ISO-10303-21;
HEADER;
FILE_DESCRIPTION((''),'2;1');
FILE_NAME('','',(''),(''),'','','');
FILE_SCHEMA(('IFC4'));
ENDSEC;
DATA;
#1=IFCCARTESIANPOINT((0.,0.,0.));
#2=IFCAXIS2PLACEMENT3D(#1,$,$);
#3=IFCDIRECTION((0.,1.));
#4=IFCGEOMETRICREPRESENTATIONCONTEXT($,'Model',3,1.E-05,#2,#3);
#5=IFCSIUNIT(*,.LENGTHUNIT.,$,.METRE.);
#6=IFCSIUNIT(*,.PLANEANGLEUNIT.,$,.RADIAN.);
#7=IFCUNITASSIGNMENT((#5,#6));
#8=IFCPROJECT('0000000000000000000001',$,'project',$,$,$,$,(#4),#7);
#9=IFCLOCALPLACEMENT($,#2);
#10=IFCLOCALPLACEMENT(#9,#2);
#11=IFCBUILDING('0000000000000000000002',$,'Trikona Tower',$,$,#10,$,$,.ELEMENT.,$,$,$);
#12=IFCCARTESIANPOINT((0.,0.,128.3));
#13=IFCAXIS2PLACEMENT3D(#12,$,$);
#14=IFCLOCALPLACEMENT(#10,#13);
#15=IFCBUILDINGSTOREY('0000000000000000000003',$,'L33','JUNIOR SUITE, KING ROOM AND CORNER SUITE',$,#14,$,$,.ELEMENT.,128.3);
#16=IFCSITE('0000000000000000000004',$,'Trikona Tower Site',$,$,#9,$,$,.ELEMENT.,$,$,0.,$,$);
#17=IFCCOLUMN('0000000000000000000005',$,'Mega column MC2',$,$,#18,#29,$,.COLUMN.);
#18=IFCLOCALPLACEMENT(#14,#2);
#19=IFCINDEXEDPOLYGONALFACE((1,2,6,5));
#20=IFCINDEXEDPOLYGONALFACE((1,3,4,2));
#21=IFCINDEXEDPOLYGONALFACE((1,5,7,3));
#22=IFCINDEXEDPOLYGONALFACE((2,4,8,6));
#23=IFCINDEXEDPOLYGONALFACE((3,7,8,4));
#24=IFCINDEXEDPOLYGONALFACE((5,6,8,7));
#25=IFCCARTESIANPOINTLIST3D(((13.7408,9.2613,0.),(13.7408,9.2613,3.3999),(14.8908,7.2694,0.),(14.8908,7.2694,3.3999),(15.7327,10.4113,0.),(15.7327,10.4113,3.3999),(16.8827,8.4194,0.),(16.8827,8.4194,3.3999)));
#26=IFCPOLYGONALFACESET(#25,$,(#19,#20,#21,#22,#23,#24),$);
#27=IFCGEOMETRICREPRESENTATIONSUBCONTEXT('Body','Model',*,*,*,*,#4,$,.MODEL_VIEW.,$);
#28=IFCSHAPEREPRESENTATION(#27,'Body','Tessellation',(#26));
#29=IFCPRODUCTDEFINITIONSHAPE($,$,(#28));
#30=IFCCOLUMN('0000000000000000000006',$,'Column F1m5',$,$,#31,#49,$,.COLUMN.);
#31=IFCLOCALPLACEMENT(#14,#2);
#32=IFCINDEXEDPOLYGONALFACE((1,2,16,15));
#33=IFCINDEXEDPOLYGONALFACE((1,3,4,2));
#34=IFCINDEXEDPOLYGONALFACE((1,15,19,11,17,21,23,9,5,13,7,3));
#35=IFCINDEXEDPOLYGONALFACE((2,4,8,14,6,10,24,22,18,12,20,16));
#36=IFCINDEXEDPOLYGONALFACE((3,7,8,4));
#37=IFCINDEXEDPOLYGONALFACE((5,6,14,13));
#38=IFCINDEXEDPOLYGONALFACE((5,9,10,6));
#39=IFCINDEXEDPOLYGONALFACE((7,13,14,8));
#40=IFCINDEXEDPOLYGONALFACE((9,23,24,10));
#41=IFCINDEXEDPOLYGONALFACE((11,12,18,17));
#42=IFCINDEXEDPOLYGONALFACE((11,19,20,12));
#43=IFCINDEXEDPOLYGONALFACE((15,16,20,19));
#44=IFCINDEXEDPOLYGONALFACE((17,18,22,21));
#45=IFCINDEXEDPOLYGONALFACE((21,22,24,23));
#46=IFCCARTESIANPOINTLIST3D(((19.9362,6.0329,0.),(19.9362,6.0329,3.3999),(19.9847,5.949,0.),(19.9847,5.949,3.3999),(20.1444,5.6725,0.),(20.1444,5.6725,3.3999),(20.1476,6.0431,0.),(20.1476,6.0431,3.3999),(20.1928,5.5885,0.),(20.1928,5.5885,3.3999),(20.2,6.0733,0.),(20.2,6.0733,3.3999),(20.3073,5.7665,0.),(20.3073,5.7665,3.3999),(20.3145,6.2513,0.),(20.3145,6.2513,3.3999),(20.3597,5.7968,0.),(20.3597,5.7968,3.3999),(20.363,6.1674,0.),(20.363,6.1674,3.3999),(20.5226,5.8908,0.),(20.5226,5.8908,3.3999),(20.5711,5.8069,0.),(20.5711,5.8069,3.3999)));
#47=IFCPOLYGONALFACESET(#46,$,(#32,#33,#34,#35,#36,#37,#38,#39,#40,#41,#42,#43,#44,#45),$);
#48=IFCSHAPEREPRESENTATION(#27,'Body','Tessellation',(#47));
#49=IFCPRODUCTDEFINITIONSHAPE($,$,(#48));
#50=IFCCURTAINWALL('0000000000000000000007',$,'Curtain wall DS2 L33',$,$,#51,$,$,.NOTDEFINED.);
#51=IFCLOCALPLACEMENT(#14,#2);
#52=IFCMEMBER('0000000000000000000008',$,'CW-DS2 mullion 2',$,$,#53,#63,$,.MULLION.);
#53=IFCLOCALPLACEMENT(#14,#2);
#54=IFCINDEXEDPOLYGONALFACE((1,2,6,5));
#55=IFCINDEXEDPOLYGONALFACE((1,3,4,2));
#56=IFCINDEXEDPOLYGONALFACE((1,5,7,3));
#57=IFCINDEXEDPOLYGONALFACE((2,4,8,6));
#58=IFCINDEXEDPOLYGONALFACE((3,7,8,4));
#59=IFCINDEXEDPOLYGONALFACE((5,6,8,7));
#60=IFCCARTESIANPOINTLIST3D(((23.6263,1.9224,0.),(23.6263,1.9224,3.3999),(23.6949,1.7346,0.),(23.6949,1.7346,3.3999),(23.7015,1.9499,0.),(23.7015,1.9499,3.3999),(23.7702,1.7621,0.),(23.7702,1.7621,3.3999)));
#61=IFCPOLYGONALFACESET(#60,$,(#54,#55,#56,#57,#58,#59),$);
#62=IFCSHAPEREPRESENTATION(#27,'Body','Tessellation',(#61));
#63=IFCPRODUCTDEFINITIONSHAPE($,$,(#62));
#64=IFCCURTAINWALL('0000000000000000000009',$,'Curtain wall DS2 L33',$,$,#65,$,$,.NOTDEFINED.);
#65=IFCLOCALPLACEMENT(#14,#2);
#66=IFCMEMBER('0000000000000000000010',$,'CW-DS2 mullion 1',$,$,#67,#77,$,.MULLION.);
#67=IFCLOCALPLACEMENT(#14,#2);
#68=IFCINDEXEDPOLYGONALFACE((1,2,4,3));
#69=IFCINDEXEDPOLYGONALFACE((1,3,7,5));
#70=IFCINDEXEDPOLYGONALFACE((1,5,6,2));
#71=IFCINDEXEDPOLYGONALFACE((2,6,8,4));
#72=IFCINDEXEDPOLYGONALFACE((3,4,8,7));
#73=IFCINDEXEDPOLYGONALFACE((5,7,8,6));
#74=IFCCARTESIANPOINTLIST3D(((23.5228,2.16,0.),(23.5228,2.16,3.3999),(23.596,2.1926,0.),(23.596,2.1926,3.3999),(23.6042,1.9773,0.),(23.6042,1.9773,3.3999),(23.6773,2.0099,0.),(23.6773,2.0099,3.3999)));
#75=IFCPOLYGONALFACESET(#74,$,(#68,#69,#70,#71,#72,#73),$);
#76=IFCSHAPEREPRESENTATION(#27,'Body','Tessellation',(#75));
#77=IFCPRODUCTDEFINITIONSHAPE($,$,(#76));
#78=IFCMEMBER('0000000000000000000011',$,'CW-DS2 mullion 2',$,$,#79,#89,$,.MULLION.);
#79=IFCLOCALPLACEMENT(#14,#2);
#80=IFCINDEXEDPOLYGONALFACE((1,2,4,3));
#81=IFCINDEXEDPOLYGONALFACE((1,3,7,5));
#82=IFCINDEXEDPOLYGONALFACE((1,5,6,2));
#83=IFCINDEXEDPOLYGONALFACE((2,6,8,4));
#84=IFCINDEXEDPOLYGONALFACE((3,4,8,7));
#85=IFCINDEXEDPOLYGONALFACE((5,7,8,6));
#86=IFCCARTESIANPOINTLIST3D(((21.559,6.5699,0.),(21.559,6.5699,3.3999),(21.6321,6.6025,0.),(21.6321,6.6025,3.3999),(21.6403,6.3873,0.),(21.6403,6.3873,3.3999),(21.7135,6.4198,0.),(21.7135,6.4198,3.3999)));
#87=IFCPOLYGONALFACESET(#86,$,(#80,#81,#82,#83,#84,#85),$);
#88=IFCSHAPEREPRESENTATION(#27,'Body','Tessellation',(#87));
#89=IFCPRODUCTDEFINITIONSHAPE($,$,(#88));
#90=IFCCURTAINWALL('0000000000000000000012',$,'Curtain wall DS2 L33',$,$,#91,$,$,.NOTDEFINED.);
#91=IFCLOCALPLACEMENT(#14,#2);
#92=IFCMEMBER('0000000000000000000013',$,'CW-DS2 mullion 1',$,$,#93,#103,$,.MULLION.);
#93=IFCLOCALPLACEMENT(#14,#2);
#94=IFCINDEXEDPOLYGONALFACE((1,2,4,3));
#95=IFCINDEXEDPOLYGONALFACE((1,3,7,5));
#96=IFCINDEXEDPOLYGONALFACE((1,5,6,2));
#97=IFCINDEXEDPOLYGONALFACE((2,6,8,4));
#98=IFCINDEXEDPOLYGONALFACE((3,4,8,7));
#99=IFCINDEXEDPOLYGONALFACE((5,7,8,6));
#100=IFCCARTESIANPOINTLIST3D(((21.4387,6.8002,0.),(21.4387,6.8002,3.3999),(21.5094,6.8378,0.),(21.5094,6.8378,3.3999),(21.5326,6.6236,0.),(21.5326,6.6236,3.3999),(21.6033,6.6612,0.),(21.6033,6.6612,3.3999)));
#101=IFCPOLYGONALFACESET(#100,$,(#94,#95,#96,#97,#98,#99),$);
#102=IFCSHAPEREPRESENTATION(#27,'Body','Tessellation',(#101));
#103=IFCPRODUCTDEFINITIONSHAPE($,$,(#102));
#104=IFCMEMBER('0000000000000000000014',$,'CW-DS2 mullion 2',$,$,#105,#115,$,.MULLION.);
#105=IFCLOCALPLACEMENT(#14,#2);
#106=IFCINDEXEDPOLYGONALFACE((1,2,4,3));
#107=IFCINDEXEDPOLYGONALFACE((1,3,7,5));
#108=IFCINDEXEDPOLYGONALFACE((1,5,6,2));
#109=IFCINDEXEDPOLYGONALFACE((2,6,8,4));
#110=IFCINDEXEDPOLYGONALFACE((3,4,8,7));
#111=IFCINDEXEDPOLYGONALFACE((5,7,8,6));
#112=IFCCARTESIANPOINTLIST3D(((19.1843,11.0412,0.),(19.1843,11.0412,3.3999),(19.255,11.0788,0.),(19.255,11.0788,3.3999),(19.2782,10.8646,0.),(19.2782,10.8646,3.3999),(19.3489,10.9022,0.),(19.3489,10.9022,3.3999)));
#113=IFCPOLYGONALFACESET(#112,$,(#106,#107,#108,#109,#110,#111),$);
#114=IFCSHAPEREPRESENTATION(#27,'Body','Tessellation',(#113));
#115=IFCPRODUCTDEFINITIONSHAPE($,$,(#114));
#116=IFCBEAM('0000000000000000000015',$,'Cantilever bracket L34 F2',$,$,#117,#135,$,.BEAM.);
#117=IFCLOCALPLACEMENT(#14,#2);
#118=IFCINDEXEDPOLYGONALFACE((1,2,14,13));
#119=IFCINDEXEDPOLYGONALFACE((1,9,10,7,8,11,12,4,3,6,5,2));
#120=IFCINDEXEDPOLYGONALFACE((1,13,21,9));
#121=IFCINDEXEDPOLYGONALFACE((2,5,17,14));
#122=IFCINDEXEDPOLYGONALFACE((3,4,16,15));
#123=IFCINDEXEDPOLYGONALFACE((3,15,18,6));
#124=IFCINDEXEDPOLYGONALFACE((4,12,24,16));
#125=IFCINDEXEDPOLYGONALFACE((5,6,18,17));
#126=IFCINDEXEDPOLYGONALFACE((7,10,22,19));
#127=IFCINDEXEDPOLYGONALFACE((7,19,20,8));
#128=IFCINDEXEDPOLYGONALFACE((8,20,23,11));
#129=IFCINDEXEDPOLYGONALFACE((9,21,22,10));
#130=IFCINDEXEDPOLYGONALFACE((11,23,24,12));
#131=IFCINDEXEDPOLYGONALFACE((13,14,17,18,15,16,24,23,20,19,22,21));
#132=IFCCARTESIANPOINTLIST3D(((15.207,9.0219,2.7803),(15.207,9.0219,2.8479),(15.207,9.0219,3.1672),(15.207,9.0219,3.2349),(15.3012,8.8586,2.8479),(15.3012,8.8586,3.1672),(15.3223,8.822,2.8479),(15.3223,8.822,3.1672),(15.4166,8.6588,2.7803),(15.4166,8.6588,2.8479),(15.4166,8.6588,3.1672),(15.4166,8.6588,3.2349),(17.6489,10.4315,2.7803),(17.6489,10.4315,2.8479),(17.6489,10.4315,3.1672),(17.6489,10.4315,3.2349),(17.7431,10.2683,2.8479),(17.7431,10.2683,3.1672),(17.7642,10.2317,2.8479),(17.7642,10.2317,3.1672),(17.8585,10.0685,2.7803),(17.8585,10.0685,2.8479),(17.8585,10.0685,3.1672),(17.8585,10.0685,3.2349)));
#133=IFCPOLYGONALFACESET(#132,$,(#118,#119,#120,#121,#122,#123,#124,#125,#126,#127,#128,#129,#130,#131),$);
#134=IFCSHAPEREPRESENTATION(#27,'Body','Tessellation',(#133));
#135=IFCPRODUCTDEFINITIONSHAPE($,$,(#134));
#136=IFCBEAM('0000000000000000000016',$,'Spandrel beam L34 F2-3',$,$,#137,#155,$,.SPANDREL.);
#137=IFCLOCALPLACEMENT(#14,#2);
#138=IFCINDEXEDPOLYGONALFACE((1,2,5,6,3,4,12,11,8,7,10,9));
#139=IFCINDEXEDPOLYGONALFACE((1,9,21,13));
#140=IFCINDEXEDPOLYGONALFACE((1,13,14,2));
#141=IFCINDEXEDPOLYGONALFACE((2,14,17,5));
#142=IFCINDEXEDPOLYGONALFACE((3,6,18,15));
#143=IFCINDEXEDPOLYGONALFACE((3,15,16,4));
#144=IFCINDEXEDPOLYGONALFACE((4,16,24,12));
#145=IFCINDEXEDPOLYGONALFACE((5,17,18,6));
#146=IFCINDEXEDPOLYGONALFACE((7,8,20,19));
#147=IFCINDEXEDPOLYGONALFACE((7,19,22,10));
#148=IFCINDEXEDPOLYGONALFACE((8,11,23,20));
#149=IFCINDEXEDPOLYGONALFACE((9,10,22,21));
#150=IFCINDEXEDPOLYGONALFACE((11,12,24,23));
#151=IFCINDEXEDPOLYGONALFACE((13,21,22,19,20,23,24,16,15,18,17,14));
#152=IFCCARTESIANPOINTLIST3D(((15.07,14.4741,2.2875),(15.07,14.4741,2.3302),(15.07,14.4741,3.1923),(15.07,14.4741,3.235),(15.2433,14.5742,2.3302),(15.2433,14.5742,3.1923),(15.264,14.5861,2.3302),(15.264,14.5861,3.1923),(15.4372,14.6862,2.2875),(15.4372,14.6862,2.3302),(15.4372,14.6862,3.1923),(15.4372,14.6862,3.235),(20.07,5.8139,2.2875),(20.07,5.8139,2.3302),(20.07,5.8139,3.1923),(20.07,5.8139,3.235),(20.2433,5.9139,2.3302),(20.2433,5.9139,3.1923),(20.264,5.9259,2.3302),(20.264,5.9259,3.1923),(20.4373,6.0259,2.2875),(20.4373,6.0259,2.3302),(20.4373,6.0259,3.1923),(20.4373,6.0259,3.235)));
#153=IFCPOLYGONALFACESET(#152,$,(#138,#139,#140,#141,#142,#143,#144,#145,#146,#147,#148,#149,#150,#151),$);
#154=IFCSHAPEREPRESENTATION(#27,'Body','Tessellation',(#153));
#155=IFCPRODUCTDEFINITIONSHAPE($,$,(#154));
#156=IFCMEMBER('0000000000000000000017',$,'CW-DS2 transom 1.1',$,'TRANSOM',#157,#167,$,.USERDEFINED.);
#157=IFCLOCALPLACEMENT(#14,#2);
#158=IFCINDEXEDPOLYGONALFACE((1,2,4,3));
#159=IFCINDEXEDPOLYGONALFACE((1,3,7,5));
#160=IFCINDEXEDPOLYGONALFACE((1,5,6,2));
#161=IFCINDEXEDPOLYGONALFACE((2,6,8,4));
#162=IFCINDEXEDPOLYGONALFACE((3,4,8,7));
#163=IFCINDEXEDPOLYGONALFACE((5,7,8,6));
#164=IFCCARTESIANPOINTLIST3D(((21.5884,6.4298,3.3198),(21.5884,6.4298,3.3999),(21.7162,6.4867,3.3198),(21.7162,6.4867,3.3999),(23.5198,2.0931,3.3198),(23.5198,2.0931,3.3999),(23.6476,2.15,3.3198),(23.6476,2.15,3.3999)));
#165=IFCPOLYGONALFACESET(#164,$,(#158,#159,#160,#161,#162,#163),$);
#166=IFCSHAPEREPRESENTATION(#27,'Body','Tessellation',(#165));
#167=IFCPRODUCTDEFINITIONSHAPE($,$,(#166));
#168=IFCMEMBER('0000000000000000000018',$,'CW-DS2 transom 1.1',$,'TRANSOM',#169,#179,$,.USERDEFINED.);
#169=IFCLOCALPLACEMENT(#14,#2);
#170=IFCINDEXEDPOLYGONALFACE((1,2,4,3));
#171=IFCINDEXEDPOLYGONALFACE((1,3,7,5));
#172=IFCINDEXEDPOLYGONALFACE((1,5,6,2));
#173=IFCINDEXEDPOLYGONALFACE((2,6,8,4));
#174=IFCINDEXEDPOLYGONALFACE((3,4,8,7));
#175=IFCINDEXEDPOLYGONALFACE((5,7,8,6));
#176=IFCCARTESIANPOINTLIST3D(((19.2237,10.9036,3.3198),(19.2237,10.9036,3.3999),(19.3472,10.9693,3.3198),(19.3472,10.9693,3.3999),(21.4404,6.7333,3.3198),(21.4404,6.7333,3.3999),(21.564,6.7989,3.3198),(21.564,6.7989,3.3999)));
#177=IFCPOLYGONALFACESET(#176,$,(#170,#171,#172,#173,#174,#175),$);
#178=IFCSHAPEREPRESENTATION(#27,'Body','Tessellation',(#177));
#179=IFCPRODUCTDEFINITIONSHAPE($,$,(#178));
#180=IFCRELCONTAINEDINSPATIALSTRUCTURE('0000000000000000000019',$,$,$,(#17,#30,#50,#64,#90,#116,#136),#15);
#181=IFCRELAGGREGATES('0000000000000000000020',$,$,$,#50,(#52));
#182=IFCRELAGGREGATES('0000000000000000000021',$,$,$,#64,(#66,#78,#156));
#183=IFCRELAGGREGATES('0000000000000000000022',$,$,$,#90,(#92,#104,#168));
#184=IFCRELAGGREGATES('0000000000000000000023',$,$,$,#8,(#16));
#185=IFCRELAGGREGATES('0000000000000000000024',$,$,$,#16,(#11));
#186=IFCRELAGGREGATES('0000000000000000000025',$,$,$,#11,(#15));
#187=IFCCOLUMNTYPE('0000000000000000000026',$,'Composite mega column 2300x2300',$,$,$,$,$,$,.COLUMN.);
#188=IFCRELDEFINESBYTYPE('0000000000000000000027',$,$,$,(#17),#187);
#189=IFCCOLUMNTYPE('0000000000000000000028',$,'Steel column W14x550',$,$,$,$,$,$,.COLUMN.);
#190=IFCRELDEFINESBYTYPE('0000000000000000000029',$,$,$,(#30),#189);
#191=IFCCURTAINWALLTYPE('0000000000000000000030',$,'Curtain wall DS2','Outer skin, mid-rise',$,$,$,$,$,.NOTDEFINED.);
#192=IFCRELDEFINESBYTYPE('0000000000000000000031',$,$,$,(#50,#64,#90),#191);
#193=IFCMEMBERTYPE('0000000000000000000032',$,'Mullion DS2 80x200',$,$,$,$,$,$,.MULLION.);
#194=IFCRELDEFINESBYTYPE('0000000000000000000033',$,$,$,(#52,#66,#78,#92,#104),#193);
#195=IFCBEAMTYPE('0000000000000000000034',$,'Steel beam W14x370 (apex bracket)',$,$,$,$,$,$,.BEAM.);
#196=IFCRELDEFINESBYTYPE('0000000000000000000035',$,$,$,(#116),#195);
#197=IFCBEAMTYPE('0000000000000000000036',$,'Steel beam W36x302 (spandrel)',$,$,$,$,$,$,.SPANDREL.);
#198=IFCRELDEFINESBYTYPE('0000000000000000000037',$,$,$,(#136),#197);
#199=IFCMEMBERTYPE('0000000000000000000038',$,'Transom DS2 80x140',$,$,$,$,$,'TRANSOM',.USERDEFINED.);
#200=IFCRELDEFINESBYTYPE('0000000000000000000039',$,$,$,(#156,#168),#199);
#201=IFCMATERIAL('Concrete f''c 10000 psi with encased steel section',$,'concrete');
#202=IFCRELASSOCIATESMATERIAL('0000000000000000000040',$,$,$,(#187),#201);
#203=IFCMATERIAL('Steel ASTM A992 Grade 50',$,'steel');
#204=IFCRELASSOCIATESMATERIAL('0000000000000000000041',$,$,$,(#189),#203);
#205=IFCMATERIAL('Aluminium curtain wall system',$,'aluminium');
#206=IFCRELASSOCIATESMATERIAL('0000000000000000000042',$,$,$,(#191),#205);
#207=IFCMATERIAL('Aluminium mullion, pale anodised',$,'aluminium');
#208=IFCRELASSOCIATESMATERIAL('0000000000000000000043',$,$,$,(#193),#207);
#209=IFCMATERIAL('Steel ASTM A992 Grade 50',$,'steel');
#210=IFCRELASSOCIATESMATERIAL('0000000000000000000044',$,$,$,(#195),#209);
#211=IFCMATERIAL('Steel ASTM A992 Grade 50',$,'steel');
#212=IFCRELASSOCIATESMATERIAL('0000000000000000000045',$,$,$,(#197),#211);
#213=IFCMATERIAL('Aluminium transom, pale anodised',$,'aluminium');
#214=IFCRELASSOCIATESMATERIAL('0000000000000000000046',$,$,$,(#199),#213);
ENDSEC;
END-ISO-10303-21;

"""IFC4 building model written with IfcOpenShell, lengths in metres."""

from ifc_helpers import new_model, si_unit, direction, frame, origin, origin_2d, place, context, subcontext, project, spatial, rectangle, i_section, extrude, material, material_profile, profile_set, type_object, element, aggregate, save


model = new_model("IFC4")

# Units and contexts
model_context = context("Model", 3, precision=1e-05, world=origin(), true_north=direction((0.0, 1.0)))
body_context = subcontext(model_context, "Body", "Model", "MODEL_VIEW")
ifc_project = project(units=[si_unit("LENGTHUNIT", "METRE"), si_unit("PLANEANGLEUNIT", "RADIAN")], contexts=[model_context])

# Site, building, storey
site_placement = place(None, origin())
site = spatial("IfcSite", under=ifc_project, at=site_placement, Name="Trikona Tower Site", CompositionType="ELEMENT", RefElevation=0.0)
building_placement = place(site_placement, origin())
building = spatial("IfcBuilding", under=site, at=building_placement, Name="Trikona Tower", CompositionType="ELEMENT")
storey_placement = place(building_placement, frame((0.0, 0.0, 128.3)))
storey = spatial("IfcBuildingStorey", under=building, at=storey_placement, Name="L33", Description="JUNIOR SUITE, KING ROOM AND CORNER SUITE", CompositionType="ELEMENT", Elevation=128.3)

# Columns
ifc_material_1 = material(Name="Concrete f'c 10000 psi with encased steel section", Category="concrete")
ifc_material_profile_1 = material_profile(ifc_material_1, rectangle(XDim=2.3, YDim=2.3, at=origin_2d()), Name="MC2300")
ifc_profile_set_1 = profile_set([ifc_material_profile_1], Name="Concrete f'c 10000 psi with encased steel section")
column_type_1 = type_object("IfcColumnType", Name="Composite mega column 2300x2300", PredefinedType="COLUMN", material=ifc_profile_set_1)
column_1_placement = place(storey_placement, frame((15.3118, 8.8403, 0.0), z_axis=(0.0, 0.0, 1.0), x_axis=(0.866025, 0.5, 0.0)))
element("IfcColumn", 1, at=column_1_placement, inside=storey, type_object=column_type_1, Name="Mega column MC2", PredefinedType="COLUMN", context=body_context, shape_type="SweptSolid", body=[
    extrude(rectangle(XDim=2.3, YDim=2.3, at=origin_2d()), origin(), (0.0, 0.0, 1.0), 3.3999),
])
ifc_material_2 = material(Name="Steel ASTM A992 Grade 50", Category="steel")
ifc_material_profile_2 = material_profile(ifc_material_2, i_section(OverallWidth=0.4368, OverallDepth=0.5132, WebThickness=0.0605, FlangeThickness=0.0969, at=origin_2d()), Name="W14X550")
ifc_profile_set_2 = profile_set([ifc_material_profile_2], Name="Steel ASTM A992 Grade 50")
column_type_2 = type_object("IfcColumnType", Name="Steel column W14x550", PredefinedType="COLUMN", material=ifc_profile_set_2)
column_2_placement = place(storey_placement, frame((20.2537, 5.9199, 0.0), z_axis=(0.0, 0.0, 1.0), x_axis=(0.866025, 0.5, 0.0)))
element("IfcColumn", 2, at=column_2_placement, inside=storey, type_object=column_type_2, Name="Column F1m5", PredefinedType="COLUMN", context=body_context, shape_type="SweptSolid", body=[
    extrude(i_section(OverallWidth=0.4368, OverallDepth=0.5132, WebThickness=0.0605, FlangeThickness=0.0969, at=origin_2d()), origin(), (0.0, 0.0, 1.0), 3.3999),
])

# Curtain wall, member
ifc_material_3 = material(Name="Aluminium curtain wall system", Category="aluminium")
curtain_wall_type = type_object("IfcCurtainWallType", Name="Curtain wall DS2", Description="Outer skin, mid-rise", PredefinedType="NOTDEFINED", material=ifc_material_3)
curtain_wall_1_placement = place(storey_placement, origin())
curtain_wall_1 = element("IfcCurtainWall", 3, at=curtain_wall_1_placement, inside=storey, type_object=curtain_wall_type, Name="Curtain wall DS2 L33", PredefinedType="NOTDEFINED")
ifc_material_4 = material(Name="Aluminium mullion, pale anodised", Category="aluminium")
ifc_material_profile_3 = material_profile(ifc_material_4, rectangle(XDim=0.0801, YDim=0.2, at=origin_2d()), Name="MUL-DS2")
ifc_profile_set_3 = profile_set([ifc_material_profile_3], Name="Aluminium mullion, pale anodised")
member_type_1 = type_object("IfcMemberType", Name="Mullion DS2 80x200", PredefinedType="MULLION", material=ifc_profile_set_3)
member_1_placement = place(storey_placement, frame((23.6982, 1.8423, 0.0), z_axis=(0.0, 0.0, 1.0), x_axis=(-0.939254, -0.343223, 0.0)))
member_1 = element("IfcMember", 4, at=member_1_placement, type_object=member_type_1, Name="CW-DS2 mullion 2", PredefinedType="MULLION", context=body_context, shape_type="SweptSolid", body=[
    extrude(rectangle(XDim=0.0801, YDim=0.2, at=origin_2d()), origin(), (0.0, 0.0, 1.0), 3.3999),
])
aggregate(curtain_wall_1, [member_1])

# Curtain walls, members
curtain_wall_2_placement = place(storey_placement, origin())
curtain_wall_2 = element("IfcCurtainWall", 5, at=curtain_wall_2_placement, inside=storey, type_object=curtain_wall_type, Name="Curtain wall DS2 L33", PredefinedType="NOTDEFINED")
member_2_placement = place(storey_placement, frame((23.6001, 2.085, 0.0), z_axis=(0.0, 0.0, 1.0), x_axis=(-0.913501, -0.406836, 0.0)))
member_2 = element("IfcMember", 6, at=member_2_placement, type_object=member_type_1, Name="CW-DS2 mullion 1", PredefinedType="MULLION", context=body_context, shape_type="SweptSolid", body=[
    extrude(rectangle(XDim=0.0801, YDim=0.2, at=origin_2d()), origin(), (0.0, 0.0, 1.0), 3.3999),
])
member_3_placement = place(storey_placement, frame((21.6362, 6.4949, 0.0), z_axis=(0.0, 0.0, 1.0), x_axis=(-0.913501, -0.406836, 0.0)))
member_3 = element("IfcMember", 7, at=member_3_placement, type_object=member_type_1, Name="CW-DS2 mullion 2", PredefinedType="MULLION", context=body_context, shape_type="SweptSolid", body=[
    extrude(rectangle(XDim=0.0801, YDim=0.2, at=origin_2d()), origin(), (0.0, 0.0, 1.0), 3.3999),
])
curtain_wall_3_placement = place(storey_placement, origin())
curtain_wall_3 = element("IfcCurtainWall", 8, at=curtain_wall_3_placement, inside=storey, type_object=curtain_wall_type, Name="Curtain wall DS2 L33", PredefinedType="NOTDEFINED")
member_4_placement = place(storey_placement, frame((21.521, 6.7307, 0.0), z_axis=(0.0, 0.0, 1.0), x_axis=(-0.882996, -0.46938, 0.0)))
member_4 = element("IfcMember", 9, at=member_4_placement, type_object=member_type_1, Name="CW-DS2 mullion 1", PredefinedType="MULLION", context=body_context, shape_type="SweptSolid", body=[
    extrude(rectangle(XDim=0.0801, YDim=0.2, at=origin_2d()), origin(), (0.0, 0.0, 1.0), 3.3999),
])
member_5_placement = place(storey_placement, frame((19.2666, 10.9717, 0.0), z_axis=(0.0, 0.0, 1.0), x_axis=(-0.882996, -0.46938, 0.0)))
member_5 = element("IfcMember", 10, at=member_5_placement, type_object=member_type_1, Name="CW-DS2 mullion 2", PredefinedType="MULLION", context=body_context, shape_type="SweptSolid", body=[
    extrude(rectangle(XDim=0.0801, YDim=0.2, at=origin_2d()), origin(), (0.0, 0.0, 1.0), 3.3999),
])

# Beams
ifc_material_5 = material(Name="Steel ASTM A992 Grade 50", Category="steel")
ifc_material_profile_4 = material_profile(ifc_material_5, i_section(OverallWidth=0.4192, OverallDepth=0.4546, WebThickness=0.0422, FlangeThickness=0.0676, at=origin_2d()), Name="W14X370")
ifc_profile_set_4 = profile_set([ifc_material_profile_4], Name="Steel ASTM A992 Grade 50")
beam_type_1 = type_object("IfcBeamType", Name="Steel beam W14x370 (apex bracket)", PredefinedType="BEAM", material=ifc_profile_set_4)
beam_1_placement = place(storey_placement, frame((15.3118, 8.8403, 3.0076), z_axis=(0.86605, 0.499957, 0.0), x_axis=(-0.499957, 0.86605, 0.0)))
element("IfcBeam", 11, at=beam_1_placement, inside=storey, type_object=beam_type_1, Name="Cantilever bracket L34 F2", PredefinedType="BEAM", context=body_context, shape_type="SweptSolid", body=[
    extrude(i_section(OverallWidth=0.4192, OverallDepth=0.4546, WebThickness=0.0422, FlangeThickness=0.0676, at=origin_2d()), origin(), (0.0, 0.0, 1.0), 2.8196),
])
ifc_material_6 = material(Name="Steel ASTM A992 Grade 50", Category="steel")
ifc_material_profile_5 = material_profile(ifc_material_6, i_section(OverallWidth=0.4241, OverallDepth=0.9475, WebThickness=0.0239, FlangeThickness=0.0427, at=origin_2d()), Name="W36X302")
ifc_profile_set_5 = profile_set([ifc_material_profile_5], Name="Steel ASTM A992 Grade 50")
beam_type_2 = type_object("IfcBeamType", Name="Steel beam W36x302 (spandrel)", PredefinedType="SPANDREL", material=ifc_profile_set_5)
beam_2_placement = place(storey_placement, frame((20.2537, 5.9199, 2.7612), z_axis=(-0.500004, 0.866023, 0.0), x_axis=(-0.866023, -0.500004, 0.0)))
element("IfcBeam", 12, at=beam_2_placement, inside=storey, type_object=beam_type_2, Name="Spandrel beam L34 F2-3", PredefinedType="SPANDREL", context=body_context, shape_type="SweptSolid", body=[
    extrude(i_section(OverallWidth=0.4241, OverallDepth=0.9475, WebThickness=0.0239, FlangeThickness=0.0427, at=origin_2d()), origin(), (0.0, 0.0, 1.0), 10.0),
])

# Members
ifc_material_7 = material(Name="Aluminium transom, pale anodised", Category="aluminium")
ifc_material_profile_6 = material_profile(ifc_material_7, rectangle(XDim=0.1399, YDim=0.0801, at=origin_2d()), Name="TRN-DS2")
ifc_profile_set_6 = profile_set([ifc_material_profile_6], Name="Aluminium transom, pale anodised")
member_type_2 = type_object("IfcMemberType", Name="Transom DS2 80x140", ElementType="TRANSOM", PredefinedType="USERDEFINED", material=ifc_profile_set_6)
member_6_placement = place(storey_placement, frame((23.5837, 2.1216, 3.3599), z_axis=(-0.40684, 0.9135, 0.0), x_axis=(-0.9135, -0.40684, 0.0)))
member_6 = element("IfcMember", 13, at=member_6_placement, type_object=member_type_2, Name="CW-DS2 transom 1.1", ObjectType="TRANSOM", PredefinedType="USERDEFINED", context=body_context, shape_type="SweptSolid", body=[
    extrude(rectangle(XDim=0.1399, YDim=0.0801, at=origin_2d()), origin(), (0.0, 0.0, 1.0), 4.7473),
])
member_7_placement = place(storey_placement, frame((21.5022, 6.7661, 3.3599), z_axis=(-0.469364, 0.883005, 0.0), x_axis=(-0.883005, -0.469364, 0.0)))
member_7 = element("IfcMember", 14, at=member_7_placement, type_object=member_type_2, Name="CW-DS2 transom 1.1", ObjectType="TRANSOM", PredefinedType="USERDEFINED", context=body_context, shape_type="SweptSolid", body=[
    extrude(rectangle(XDim=0.1399, YDim=0.0801, at=origin_2d()), origin(), (0.0, 0.0, 1.0), 4.7229),
])

aggregate(curtain_wall_2, [member_2, member_3, member_6])
aggregate(curtain_wall_3, [member_4, member_5, member_7])

save(model, "model.ifc")
